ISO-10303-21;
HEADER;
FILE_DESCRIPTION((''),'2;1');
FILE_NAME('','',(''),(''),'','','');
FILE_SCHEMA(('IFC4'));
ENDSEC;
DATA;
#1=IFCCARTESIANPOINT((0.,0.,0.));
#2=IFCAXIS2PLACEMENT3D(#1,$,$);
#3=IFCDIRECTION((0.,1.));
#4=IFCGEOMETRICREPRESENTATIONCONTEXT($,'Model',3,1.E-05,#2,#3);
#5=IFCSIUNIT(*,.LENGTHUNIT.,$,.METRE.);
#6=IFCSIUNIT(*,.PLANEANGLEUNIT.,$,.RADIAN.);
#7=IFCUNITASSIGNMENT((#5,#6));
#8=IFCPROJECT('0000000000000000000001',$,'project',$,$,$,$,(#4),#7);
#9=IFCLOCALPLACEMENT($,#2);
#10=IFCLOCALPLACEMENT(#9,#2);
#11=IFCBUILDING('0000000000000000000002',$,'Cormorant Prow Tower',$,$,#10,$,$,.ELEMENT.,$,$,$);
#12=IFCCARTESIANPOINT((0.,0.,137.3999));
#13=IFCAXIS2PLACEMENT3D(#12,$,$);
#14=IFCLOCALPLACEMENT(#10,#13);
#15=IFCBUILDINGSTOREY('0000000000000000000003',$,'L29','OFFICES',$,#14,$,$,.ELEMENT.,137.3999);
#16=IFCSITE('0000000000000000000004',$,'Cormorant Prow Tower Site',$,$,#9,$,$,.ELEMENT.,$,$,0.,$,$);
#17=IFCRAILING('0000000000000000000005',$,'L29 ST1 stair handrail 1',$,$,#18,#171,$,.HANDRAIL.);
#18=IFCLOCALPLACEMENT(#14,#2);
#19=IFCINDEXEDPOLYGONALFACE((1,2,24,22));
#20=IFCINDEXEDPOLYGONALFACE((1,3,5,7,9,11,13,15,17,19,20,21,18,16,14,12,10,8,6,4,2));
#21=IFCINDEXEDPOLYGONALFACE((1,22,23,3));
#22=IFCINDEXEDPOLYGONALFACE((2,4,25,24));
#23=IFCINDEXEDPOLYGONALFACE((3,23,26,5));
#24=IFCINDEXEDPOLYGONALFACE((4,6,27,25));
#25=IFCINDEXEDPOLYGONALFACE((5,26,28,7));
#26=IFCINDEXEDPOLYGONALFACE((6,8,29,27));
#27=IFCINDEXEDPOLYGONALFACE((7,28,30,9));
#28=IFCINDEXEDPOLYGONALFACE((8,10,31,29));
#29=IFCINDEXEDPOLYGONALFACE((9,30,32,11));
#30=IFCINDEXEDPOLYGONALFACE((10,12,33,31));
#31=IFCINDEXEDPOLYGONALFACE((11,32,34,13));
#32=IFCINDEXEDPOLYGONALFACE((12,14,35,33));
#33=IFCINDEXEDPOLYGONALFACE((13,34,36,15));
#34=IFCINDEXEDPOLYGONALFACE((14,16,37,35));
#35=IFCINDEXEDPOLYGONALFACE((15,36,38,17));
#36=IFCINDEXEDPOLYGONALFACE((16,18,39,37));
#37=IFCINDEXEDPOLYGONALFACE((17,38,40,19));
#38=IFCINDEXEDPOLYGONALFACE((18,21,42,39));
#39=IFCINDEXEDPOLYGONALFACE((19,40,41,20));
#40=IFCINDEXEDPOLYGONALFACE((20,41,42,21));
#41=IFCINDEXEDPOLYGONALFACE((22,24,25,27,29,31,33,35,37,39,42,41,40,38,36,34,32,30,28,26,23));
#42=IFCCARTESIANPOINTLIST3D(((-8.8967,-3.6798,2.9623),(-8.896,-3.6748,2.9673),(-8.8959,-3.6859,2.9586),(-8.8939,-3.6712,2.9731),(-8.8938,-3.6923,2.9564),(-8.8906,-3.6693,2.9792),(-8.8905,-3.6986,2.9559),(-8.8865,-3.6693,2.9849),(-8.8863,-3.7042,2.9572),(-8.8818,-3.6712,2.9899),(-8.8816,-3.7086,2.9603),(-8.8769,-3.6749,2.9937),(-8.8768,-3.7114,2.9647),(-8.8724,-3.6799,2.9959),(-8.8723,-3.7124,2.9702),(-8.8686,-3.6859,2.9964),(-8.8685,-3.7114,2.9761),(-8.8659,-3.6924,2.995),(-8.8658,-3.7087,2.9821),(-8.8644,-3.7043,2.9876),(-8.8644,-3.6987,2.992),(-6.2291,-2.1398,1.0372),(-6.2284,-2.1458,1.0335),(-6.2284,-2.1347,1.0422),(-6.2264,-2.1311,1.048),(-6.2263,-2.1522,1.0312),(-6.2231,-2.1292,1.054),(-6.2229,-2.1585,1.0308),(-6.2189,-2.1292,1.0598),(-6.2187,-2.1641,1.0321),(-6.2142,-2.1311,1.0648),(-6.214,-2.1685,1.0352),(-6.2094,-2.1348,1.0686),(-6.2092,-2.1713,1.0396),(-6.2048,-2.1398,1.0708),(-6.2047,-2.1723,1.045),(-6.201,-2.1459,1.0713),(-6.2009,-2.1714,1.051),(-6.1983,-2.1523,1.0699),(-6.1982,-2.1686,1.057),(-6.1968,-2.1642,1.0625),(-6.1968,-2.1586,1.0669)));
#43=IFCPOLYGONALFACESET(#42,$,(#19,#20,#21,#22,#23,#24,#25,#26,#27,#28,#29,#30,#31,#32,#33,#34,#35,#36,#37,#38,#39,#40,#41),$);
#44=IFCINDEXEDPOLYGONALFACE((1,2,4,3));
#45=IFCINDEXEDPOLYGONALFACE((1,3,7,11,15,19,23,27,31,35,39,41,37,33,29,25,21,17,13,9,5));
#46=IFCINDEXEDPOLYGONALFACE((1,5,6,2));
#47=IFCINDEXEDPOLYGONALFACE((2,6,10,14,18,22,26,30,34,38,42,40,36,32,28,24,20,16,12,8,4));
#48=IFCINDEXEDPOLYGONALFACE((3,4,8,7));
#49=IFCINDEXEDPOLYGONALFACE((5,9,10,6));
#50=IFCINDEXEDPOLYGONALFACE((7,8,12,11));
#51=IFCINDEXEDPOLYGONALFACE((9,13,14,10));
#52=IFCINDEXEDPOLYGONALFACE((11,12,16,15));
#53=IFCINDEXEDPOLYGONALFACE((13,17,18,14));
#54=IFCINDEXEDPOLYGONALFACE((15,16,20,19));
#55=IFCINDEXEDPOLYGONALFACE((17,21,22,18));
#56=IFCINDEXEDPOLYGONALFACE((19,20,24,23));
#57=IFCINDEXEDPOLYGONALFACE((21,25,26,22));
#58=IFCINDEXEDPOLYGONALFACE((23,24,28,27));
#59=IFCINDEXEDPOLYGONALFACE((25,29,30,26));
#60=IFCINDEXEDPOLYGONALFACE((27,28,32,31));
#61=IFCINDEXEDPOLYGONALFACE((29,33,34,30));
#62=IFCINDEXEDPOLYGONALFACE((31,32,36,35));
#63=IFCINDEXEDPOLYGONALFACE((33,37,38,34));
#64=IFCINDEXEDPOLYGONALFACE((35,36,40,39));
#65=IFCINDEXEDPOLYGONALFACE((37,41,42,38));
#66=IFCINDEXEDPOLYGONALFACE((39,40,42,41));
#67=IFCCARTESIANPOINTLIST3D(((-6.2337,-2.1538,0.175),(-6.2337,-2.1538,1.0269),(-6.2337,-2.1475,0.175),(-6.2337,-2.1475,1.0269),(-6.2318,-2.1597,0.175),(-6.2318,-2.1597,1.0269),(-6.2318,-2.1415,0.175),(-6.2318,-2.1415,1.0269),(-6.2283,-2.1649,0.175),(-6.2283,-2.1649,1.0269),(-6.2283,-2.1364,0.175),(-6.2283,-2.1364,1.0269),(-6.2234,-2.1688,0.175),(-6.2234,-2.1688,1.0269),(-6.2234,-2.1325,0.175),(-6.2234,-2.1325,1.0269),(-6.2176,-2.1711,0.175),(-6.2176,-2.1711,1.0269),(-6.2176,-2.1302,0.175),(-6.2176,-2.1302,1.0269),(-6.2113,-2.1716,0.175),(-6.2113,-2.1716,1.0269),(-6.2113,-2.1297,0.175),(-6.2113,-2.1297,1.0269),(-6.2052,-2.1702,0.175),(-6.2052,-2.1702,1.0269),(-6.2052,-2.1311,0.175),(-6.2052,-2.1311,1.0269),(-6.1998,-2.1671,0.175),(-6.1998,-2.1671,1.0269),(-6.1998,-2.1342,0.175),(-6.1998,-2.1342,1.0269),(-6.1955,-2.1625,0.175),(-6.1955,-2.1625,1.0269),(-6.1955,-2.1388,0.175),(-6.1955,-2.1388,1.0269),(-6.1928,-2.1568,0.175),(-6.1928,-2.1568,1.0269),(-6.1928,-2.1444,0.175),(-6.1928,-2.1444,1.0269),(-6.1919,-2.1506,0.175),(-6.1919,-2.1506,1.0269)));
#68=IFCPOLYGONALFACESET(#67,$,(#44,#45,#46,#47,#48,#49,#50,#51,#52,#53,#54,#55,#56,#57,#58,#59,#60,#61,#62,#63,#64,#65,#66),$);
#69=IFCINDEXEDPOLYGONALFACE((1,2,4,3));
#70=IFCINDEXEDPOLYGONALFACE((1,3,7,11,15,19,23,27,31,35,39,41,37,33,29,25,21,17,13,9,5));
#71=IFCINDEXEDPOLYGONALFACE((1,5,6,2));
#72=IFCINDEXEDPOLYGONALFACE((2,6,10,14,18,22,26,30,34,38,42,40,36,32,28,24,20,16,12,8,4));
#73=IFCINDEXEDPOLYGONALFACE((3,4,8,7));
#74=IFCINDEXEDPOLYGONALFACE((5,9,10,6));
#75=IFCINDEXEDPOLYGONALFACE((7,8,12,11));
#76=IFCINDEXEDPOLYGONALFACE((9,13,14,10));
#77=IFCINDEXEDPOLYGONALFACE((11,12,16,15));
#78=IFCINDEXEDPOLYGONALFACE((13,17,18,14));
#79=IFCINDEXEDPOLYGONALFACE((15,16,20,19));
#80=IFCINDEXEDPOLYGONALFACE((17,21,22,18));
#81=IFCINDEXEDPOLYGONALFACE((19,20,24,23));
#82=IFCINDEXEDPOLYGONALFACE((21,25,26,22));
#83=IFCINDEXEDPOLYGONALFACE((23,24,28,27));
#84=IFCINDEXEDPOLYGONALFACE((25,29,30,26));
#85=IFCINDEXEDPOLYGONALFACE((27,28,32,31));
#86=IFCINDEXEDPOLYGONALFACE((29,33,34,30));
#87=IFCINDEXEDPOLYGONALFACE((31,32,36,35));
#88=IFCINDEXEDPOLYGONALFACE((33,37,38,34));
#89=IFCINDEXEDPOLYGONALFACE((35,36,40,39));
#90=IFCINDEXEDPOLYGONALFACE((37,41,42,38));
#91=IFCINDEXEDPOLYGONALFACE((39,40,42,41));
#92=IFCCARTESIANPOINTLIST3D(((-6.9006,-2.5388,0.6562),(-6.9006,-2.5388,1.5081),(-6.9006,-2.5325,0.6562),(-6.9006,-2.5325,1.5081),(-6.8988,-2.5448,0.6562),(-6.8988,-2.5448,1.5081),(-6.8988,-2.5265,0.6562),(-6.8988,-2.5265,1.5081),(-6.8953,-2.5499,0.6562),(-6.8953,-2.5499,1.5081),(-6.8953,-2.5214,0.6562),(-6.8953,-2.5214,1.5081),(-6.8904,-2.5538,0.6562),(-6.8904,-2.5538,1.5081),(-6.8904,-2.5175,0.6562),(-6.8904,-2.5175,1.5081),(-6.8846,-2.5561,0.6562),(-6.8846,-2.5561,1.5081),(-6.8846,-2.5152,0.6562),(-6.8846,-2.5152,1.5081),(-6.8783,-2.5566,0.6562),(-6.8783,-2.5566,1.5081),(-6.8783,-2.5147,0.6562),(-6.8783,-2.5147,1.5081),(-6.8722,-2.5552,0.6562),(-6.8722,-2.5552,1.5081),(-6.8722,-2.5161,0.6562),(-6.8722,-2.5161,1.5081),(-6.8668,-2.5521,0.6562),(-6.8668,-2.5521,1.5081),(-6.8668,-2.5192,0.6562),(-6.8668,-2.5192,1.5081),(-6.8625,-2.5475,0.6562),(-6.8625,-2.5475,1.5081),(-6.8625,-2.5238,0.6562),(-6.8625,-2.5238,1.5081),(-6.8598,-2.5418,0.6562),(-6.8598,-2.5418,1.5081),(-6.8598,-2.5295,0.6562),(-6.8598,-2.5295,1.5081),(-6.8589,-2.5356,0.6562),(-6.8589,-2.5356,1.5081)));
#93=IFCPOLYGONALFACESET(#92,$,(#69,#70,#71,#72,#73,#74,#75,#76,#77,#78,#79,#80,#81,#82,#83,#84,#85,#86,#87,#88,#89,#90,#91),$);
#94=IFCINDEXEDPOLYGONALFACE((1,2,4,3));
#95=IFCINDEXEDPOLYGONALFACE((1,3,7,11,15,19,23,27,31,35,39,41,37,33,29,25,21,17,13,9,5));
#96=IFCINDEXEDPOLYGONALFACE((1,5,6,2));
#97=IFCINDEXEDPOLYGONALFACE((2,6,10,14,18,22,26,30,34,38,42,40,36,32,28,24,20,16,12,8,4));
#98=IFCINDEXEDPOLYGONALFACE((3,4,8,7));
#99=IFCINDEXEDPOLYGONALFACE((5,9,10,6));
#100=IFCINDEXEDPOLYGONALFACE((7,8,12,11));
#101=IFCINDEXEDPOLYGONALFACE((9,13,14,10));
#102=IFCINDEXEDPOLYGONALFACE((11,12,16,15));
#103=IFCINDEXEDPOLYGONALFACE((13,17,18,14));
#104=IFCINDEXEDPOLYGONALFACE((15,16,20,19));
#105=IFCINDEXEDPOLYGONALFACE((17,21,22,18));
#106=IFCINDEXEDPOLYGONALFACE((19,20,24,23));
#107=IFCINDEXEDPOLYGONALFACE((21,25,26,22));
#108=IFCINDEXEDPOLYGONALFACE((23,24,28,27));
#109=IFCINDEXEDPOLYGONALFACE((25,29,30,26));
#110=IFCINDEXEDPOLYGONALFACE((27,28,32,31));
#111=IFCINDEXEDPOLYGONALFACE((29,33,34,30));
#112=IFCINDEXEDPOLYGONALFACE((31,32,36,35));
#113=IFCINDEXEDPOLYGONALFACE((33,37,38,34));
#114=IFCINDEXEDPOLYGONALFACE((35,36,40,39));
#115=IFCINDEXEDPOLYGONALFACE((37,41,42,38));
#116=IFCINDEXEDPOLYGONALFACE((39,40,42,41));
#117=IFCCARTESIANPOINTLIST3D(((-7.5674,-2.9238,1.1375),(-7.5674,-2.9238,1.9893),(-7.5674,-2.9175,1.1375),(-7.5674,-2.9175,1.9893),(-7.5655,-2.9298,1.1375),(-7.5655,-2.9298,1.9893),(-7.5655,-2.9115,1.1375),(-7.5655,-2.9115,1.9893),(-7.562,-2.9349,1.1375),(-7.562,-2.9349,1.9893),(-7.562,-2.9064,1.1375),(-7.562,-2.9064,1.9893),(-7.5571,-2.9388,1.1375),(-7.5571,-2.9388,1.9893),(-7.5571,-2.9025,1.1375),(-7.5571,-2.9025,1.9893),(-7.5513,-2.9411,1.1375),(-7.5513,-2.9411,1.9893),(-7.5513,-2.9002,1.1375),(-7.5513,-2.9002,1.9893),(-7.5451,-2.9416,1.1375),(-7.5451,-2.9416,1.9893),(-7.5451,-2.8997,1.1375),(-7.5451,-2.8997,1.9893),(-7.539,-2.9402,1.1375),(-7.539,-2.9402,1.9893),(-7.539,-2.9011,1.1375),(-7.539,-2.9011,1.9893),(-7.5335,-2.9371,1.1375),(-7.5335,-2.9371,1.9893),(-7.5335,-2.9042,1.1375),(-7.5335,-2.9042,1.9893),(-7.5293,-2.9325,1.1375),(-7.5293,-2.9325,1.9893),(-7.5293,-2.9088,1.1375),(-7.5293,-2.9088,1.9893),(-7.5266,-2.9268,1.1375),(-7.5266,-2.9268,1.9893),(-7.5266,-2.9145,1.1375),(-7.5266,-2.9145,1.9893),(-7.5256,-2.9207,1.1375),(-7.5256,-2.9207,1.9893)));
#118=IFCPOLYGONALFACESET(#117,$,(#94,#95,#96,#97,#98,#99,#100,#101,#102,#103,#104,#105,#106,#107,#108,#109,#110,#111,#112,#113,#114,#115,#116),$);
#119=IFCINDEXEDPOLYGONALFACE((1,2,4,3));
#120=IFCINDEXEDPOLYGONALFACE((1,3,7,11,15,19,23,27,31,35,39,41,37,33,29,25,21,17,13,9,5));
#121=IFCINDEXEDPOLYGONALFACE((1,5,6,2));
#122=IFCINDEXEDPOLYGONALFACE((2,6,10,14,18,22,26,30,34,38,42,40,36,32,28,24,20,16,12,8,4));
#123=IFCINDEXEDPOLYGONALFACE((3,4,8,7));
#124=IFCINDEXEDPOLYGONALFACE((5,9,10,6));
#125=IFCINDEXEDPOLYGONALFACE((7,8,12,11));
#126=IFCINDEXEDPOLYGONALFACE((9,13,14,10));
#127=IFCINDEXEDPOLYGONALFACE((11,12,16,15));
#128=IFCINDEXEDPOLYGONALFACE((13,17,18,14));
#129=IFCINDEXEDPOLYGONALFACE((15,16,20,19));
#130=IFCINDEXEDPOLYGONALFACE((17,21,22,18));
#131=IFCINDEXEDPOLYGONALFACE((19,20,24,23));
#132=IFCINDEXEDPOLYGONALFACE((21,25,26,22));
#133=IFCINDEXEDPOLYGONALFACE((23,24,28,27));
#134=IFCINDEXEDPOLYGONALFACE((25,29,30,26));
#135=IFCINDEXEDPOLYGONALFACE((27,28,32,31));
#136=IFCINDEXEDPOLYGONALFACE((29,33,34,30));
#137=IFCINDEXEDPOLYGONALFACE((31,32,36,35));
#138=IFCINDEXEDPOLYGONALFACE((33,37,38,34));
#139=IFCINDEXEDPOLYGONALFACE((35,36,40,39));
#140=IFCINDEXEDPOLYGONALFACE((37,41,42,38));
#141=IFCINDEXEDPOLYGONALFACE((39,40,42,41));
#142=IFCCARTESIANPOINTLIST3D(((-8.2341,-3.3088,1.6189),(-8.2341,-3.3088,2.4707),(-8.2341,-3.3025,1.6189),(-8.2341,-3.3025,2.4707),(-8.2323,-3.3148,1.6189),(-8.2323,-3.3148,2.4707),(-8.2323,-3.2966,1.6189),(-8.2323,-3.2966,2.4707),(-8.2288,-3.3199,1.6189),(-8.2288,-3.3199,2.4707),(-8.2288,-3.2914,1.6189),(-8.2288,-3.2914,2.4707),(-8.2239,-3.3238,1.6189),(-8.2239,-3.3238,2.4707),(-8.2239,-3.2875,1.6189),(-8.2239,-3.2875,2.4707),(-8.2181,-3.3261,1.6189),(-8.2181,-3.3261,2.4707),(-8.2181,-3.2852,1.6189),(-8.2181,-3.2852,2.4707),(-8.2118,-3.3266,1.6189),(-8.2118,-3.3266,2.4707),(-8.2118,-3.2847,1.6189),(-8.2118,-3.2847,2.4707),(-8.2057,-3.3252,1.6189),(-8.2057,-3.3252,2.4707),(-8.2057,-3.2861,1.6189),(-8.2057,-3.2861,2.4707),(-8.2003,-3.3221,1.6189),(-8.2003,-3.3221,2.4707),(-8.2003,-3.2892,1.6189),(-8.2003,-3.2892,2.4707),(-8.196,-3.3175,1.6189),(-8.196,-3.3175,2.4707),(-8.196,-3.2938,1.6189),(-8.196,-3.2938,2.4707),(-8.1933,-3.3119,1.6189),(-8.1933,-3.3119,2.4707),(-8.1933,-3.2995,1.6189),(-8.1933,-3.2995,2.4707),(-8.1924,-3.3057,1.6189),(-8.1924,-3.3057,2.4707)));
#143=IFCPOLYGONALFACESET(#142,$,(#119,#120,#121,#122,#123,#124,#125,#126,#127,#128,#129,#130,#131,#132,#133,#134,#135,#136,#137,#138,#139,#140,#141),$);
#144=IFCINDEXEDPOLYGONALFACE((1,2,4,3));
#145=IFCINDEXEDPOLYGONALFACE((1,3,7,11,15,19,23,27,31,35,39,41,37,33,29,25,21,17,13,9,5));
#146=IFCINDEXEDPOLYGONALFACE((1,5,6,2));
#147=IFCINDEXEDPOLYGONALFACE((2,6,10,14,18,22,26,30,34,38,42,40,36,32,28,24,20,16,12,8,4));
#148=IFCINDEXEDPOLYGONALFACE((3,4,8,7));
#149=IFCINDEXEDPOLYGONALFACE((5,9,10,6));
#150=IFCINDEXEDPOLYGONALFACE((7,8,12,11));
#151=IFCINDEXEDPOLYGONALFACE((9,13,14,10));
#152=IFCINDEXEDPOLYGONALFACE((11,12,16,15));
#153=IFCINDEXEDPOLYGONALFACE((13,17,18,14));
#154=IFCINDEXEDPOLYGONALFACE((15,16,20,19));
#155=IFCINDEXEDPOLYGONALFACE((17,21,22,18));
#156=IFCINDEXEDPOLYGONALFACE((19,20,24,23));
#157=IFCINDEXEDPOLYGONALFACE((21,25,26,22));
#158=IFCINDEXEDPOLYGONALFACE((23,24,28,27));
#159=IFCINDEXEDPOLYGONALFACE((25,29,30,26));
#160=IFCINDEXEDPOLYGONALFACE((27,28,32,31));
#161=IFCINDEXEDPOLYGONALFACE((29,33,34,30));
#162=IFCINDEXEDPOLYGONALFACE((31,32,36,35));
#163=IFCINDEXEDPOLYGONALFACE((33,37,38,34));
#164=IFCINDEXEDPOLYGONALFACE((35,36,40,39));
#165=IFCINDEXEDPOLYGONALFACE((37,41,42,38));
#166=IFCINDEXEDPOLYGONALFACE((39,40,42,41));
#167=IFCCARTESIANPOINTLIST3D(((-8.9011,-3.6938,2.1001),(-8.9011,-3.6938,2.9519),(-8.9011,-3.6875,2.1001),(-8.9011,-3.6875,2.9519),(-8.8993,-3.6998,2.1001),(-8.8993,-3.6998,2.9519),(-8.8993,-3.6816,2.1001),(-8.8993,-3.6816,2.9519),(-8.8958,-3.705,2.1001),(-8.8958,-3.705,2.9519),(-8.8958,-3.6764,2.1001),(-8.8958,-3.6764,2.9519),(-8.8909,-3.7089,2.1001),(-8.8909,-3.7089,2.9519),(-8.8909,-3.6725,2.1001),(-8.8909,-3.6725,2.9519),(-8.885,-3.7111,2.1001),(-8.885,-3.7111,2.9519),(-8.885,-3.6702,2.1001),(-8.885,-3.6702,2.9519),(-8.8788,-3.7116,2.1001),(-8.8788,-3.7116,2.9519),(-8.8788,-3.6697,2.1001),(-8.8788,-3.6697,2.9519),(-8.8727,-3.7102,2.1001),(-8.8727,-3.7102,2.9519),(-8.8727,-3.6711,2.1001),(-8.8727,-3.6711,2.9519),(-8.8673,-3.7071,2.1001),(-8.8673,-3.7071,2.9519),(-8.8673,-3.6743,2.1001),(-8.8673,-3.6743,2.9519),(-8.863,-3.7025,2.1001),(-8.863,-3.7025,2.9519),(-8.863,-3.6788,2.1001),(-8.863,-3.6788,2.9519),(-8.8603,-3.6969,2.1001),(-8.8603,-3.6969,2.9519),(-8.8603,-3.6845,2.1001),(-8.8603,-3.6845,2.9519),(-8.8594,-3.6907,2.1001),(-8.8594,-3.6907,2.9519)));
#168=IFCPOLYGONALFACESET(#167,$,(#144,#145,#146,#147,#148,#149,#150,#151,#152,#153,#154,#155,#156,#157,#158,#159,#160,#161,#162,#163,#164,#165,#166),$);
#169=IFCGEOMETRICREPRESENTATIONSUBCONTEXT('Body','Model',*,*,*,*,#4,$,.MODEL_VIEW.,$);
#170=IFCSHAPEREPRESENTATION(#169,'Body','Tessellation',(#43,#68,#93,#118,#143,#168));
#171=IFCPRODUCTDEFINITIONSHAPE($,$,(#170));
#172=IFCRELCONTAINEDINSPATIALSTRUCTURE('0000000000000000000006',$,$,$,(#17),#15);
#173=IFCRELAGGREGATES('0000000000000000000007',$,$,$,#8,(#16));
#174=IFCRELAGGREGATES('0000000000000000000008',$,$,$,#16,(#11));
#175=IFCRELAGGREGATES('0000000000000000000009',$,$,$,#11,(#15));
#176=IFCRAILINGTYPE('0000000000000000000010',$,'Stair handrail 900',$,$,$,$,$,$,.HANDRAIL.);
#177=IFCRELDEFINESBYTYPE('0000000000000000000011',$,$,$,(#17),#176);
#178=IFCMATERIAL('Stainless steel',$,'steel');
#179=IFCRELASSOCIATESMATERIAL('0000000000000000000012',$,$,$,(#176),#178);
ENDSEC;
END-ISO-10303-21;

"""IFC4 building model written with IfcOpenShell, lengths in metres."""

from ifc_helpers import new_model, si_unit, direction, frame, origin, origin_2d, place, context, subcontext, project, spatial, circle, extrude, material, type_object, element, save


model = new_model("IFC4")

# Units and contexts
model_context = context("Model", 3, precision=1e-05, world=origin(), true_north=direction((0.0, 1.0)))
body_context = subcontext(model_context, "Body", "Model", "MODEL_VIEW")
ifc_project = project(units=[si_unit("LENGTHUNIT", "METRE"), si_unit("PLANEANGLEUNIT", "RADIAN")], contexts=[model_context])

# Site, building, storey
site_placement = place(None, origin())
site = spatial("IfcSite", under=ifc_project, at=site_placement, Name="Cormorant Prow Tower Site", CompositionType="ELEMENT", RefElevation=0.0)
building_placement = place(site_placement, origin())
building = spatial("IfcBuilding", under=site, at=building_placement, Name="Cormorant Prow Tower", CompositionType="ELEMENT")
storey_placement = place(building_placement, frame((0.0, 0.0, 137.3999)))
storey = spatial("IfcBuildingStorey", under=building, at=storey_placement, Name="L29", Description="OFFICES", CompositionType="ELEMENT", Elevation=137.3999)

# Railing
ifc_material_1 = material(Name="Stainless steel", Category="steel")
railing_type_1 = type_object("IfcRailingType", Name="Stair handrail 900", PredefinedType="HANDRAIL", material=ifc_material_1)
railing_1_placement = place(storey_placement, frame((-6.2129, -2.1506, 0.175)))
element("IfcRailing", 1, at=railing_1_placement, inside=storey, type_object=railing_type_1, Name="L29 ST1 stair handrail 1", PredefinedType="HANDRAIL", context=body_context, shape_type="SweptSolid", body=[
    extrude(circle(Radius=0.0239, at=origin_2d()), frame((0.0, 0.0, 0.876), z_axis=(-0.734395, -0.423994, 0.529993), x_axis=(0.499992, -0.86603, 0.0)), (0.0, 0.0, 1.0), 3.6323),
    extrude(circle(Radius=0.021, at=origin_2d()), origin(), (0.0, 0.0, 1.0), 0.8518),
    extrude(circle(Radius=0.021, at=origin_2d()), frame((-0.667, -0.385, 0.4812)), (0.0, 0.0, 1.0), 0.8518),
    extrude(circle(Radius=0.021, at=origin_2d()), frame((-1.3337, -0.77, 0.9624)), (0.0, 0.0, 1.0), 0.8518),
    extrude(circle(Radius=0.021, at=origin_2d()), frame((-2.0005, -1.155, 1.4438)), (0.0, 0.0, 1.0), 0.8518),
    extrude(circle(Radius=0.021, at=origin_2d()), frame((-2.6675, -1.54, 1.925)), (0.0, 0.0, 1.0), 0.8518),
])

save(model, "model.ifc")
